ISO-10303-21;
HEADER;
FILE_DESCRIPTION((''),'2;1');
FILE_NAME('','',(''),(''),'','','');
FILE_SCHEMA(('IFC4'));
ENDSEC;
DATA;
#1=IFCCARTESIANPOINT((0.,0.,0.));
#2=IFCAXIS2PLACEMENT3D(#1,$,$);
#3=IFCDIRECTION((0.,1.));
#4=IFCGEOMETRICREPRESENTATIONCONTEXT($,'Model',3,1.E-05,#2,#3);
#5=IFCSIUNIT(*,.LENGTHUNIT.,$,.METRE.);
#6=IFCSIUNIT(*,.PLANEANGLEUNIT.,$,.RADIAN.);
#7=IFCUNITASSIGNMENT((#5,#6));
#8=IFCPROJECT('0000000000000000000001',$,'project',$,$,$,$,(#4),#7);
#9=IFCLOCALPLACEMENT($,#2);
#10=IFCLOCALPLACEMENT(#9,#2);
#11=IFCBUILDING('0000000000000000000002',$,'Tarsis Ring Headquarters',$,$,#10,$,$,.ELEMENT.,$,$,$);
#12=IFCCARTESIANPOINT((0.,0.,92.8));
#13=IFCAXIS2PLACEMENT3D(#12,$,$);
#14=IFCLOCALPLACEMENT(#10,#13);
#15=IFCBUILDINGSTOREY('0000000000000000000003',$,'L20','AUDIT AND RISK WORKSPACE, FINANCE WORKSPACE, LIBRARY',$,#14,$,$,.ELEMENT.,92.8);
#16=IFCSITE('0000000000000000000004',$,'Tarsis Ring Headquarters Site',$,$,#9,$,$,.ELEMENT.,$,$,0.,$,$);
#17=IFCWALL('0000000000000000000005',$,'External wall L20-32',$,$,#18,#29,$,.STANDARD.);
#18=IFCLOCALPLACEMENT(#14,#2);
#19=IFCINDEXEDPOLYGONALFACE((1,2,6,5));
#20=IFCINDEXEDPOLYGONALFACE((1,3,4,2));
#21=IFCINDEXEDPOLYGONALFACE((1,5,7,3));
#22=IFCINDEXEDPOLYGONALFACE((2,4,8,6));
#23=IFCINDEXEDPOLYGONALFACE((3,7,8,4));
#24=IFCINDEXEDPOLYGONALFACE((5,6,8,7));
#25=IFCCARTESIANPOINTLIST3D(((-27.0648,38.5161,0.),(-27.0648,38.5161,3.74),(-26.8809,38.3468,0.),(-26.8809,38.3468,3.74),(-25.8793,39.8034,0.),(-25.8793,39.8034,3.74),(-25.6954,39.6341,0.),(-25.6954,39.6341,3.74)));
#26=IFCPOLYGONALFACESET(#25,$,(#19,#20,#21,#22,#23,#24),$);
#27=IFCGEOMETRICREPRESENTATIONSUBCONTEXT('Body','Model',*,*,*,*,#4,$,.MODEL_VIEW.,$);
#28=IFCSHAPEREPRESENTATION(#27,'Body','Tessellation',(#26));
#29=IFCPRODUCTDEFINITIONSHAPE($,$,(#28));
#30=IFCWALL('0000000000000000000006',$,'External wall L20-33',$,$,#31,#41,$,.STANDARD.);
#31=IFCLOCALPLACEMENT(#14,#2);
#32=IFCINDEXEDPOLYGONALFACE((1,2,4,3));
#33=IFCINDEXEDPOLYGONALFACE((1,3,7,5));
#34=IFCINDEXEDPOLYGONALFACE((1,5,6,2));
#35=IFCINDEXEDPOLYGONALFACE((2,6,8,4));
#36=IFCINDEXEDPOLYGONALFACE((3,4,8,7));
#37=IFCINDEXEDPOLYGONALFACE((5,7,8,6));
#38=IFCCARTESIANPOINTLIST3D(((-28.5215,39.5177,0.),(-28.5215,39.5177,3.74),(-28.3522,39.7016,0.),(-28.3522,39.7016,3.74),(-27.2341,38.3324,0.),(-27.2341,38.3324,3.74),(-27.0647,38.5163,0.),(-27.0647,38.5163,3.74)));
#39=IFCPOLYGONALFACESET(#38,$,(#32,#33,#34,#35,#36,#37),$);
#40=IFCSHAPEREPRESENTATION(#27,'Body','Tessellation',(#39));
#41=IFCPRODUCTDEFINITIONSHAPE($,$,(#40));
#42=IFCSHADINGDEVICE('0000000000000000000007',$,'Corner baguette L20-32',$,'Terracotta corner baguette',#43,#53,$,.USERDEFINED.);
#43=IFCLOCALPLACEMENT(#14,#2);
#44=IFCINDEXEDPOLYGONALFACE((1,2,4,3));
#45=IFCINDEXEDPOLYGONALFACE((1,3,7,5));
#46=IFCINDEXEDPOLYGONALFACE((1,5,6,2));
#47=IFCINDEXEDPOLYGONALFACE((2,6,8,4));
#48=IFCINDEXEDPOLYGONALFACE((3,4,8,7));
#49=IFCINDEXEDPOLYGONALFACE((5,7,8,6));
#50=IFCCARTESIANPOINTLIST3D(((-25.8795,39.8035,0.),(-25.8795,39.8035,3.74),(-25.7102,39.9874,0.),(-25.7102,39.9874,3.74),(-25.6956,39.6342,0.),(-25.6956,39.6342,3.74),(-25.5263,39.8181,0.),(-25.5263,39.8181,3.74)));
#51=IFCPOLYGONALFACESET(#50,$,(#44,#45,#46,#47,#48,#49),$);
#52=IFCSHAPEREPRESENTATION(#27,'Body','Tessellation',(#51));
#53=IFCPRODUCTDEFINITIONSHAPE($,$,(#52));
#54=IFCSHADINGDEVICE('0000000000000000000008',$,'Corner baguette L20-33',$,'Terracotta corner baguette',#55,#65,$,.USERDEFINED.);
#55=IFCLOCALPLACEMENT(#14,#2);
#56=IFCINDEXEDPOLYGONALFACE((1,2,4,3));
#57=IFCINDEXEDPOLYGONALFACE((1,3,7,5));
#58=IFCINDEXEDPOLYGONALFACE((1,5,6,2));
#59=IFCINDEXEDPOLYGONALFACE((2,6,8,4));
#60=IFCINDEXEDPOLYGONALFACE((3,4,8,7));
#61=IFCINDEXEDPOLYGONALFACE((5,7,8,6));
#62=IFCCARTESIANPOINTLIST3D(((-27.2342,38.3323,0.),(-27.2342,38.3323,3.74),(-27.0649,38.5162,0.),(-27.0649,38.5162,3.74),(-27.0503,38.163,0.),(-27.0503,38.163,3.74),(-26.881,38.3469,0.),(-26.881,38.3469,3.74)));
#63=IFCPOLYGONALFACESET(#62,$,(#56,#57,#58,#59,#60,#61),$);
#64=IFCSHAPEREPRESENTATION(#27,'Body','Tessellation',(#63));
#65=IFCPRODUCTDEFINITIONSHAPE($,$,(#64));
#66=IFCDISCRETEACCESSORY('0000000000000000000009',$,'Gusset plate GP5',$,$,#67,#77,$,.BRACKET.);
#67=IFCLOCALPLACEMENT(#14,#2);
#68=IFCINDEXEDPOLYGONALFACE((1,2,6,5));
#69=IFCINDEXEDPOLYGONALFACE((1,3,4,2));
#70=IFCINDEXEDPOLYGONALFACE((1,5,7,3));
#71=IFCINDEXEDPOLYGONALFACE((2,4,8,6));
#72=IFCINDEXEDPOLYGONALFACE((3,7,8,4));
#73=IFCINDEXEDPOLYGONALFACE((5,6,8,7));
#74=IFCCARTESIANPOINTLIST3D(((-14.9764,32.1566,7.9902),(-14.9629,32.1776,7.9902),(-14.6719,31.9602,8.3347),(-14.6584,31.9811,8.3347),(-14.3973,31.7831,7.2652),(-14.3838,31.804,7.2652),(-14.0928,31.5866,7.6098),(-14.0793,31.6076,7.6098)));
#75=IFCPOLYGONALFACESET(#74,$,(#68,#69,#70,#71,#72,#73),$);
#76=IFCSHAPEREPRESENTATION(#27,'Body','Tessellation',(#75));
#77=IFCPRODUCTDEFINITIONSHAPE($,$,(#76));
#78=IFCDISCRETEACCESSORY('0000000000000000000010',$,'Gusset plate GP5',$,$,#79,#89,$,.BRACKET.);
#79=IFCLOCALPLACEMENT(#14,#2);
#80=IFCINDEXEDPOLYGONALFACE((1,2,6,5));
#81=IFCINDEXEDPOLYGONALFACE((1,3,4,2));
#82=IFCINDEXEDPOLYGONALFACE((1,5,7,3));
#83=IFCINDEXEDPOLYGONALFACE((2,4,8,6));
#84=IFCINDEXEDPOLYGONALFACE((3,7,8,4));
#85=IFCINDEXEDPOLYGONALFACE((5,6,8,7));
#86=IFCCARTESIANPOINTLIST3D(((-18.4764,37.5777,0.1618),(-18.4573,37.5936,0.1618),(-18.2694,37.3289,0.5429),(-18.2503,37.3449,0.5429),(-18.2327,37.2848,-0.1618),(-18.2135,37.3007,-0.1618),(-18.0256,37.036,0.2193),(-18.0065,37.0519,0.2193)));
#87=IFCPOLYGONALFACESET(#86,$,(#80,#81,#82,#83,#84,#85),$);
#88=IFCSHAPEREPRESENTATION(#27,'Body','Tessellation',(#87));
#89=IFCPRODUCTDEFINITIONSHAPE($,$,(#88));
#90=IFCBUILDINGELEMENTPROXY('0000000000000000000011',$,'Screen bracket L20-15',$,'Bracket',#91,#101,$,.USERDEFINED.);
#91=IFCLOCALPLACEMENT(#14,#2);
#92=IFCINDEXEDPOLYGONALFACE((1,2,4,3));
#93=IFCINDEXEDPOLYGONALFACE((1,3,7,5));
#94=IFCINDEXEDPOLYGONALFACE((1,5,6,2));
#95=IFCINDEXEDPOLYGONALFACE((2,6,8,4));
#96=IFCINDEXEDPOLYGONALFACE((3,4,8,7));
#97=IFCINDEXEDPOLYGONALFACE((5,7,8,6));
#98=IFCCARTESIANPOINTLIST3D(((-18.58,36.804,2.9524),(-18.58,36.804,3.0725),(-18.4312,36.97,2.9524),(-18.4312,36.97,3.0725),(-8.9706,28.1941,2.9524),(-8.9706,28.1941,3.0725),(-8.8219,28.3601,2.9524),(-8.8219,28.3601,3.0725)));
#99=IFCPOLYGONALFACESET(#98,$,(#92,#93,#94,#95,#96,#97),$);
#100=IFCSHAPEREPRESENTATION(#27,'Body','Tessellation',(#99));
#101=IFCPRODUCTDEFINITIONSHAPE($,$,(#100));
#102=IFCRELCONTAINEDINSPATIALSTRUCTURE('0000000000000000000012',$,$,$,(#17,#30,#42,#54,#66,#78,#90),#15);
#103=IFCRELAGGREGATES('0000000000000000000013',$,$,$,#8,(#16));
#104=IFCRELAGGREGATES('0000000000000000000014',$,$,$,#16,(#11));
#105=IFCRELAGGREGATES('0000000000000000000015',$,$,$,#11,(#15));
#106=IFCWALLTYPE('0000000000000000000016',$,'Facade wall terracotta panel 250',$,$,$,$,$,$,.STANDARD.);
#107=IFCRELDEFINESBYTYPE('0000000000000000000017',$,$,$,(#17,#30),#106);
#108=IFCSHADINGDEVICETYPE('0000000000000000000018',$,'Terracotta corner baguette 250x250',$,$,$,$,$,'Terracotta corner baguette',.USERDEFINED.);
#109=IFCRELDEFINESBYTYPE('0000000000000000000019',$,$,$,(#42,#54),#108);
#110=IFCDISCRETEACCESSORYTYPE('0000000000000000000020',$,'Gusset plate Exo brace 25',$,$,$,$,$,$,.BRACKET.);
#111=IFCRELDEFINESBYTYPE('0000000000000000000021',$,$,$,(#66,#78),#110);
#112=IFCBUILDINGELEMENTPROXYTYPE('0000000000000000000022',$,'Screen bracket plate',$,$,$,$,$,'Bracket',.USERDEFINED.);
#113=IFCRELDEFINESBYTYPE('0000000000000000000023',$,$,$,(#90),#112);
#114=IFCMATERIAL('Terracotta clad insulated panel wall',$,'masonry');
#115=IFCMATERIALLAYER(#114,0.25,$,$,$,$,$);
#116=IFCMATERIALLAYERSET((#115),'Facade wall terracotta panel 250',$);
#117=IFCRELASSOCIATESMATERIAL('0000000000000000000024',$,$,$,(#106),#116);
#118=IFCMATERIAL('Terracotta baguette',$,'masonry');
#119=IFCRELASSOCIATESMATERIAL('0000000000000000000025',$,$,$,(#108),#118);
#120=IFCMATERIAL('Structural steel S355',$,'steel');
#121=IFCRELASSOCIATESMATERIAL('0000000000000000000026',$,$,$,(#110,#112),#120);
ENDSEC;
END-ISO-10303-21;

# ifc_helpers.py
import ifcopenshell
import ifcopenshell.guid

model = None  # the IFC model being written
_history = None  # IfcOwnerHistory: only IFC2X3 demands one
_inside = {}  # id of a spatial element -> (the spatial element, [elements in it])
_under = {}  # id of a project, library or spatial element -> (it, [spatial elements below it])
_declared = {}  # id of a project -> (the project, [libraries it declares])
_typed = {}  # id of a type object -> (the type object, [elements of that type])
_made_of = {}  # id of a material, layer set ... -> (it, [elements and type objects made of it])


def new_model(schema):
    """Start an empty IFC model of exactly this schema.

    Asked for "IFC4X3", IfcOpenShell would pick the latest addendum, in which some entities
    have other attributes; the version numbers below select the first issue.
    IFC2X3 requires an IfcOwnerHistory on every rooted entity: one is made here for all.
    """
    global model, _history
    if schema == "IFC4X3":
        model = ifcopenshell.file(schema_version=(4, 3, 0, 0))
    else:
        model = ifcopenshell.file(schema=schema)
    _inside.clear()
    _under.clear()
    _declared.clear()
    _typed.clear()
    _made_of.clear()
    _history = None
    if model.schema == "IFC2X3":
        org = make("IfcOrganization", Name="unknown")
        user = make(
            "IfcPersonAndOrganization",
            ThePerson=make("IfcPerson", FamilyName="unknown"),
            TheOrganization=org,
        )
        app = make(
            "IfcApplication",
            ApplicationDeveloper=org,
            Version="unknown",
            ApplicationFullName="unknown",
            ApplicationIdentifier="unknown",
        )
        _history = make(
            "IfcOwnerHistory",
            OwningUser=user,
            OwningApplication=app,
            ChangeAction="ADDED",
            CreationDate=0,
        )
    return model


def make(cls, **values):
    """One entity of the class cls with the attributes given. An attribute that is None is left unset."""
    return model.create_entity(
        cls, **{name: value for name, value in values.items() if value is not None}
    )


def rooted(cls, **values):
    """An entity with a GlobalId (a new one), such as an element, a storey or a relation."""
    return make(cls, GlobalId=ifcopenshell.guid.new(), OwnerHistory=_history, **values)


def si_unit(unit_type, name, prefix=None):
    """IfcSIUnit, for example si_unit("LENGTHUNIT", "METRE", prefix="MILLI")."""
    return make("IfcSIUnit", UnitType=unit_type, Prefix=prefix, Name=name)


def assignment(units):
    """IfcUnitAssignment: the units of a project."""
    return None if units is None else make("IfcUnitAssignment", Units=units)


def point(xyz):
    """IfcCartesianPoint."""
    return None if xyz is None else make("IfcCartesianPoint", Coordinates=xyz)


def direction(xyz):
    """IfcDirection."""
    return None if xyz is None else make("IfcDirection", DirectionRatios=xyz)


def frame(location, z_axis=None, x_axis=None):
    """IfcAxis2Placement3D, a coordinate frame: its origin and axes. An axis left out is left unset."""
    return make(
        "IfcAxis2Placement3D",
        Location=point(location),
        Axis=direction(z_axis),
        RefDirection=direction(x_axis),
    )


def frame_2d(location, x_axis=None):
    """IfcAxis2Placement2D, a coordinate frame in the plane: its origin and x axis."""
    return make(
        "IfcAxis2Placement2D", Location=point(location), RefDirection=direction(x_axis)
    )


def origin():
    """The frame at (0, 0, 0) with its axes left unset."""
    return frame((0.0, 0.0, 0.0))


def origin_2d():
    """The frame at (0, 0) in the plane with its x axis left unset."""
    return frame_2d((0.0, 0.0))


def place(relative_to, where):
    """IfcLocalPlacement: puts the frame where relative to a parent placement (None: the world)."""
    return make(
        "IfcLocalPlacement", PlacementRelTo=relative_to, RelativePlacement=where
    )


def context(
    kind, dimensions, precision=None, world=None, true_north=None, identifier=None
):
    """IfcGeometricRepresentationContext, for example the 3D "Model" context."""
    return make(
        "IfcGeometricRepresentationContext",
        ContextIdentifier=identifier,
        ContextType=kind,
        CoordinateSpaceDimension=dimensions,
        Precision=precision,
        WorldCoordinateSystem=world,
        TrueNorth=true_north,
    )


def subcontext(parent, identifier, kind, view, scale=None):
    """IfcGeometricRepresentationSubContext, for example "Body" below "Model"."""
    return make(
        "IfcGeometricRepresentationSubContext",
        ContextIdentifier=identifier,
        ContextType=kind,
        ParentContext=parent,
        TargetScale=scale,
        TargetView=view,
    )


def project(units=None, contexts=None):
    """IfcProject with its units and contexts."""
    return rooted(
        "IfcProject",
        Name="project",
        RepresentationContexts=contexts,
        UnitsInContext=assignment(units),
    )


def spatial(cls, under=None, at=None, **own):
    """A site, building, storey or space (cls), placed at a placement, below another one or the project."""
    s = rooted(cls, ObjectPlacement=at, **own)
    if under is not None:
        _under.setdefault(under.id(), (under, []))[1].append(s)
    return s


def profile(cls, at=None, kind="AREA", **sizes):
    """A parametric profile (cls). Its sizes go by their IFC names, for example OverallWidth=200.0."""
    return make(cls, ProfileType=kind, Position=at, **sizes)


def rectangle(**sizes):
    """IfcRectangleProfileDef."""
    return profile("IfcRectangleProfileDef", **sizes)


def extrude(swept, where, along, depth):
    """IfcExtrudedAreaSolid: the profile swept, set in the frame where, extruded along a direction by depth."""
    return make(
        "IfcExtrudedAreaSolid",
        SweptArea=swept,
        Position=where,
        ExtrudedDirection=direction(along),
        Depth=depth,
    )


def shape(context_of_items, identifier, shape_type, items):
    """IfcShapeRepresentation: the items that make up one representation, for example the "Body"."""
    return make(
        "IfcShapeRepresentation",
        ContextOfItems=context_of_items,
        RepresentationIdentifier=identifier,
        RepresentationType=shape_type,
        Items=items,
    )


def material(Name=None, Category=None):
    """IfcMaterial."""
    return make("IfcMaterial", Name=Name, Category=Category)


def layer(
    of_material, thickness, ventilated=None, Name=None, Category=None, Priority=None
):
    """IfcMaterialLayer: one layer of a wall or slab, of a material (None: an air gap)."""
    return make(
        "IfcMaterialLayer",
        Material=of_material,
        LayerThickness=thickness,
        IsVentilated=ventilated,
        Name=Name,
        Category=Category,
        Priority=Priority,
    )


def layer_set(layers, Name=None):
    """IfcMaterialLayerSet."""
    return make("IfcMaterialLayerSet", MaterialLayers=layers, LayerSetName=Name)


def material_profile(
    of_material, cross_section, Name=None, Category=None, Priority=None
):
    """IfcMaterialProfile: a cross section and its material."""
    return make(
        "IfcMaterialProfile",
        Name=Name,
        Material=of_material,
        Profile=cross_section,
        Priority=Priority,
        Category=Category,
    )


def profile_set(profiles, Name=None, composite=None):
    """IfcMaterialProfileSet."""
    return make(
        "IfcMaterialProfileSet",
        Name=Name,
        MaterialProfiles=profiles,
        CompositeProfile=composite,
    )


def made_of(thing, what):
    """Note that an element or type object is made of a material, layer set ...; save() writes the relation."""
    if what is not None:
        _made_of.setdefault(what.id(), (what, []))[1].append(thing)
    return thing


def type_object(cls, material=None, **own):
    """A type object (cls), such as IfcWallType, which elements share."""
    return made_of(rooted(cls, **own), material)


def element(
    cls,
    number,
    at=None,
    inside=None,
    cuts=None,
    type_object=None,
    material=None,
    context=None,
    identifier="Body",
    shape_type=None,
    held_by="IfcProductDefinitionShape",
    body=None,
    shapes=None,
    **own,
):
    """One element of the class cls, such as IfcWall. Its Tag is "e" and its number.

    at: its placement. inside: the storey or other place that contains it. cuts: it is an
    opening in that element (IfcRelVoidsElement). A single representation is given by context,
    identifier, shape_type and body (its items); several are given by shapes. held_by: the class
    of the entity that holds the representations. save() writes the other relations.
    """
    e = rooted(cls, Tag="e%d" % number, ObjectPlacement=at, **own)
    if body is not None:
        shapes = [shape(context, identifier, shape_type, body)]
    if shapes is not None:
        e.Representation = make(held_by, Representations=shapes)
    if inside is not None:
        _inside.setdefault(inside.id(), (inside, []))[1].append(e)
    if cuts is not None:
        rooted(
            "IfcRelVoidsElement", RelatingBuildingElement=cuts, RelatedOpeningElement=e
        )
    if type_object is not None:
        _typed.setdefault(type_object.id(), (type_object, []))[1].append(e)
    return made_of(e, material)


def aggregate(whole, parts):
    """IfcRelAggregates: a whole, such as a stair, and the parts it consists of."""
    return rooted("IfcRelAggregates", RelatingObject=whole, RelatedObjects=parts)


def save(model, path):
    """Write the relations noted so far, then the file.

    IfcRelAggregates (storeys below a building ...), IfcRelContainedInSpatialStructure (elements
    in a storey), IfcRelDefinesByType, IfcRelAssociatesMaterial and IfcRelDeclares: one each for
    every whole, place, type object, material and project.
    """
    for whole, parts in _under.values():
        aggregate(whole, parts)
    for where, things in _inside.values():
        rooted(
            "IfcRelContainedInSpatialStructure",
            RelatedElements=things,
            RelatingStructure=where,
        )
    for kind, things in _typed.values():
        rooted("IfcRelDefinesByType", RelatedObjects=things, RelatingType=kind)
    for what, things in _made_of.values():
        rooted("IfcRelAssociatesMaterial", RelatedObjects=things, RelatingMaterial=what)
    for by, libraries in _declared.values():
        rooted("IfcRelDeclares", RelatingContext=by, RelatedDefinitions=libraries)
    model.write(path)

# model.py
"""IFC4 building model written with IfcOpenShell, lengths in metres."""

from ifc_helpers import new_model, si_unit, direction, frame, frame_2d, origin, origin_2d, place, context, subcontext, project, spatial, rectangle, extrude, material, layer, layer_set, material_profile, profile_set, type_object, element, save


model = new_model("IFC4")

# Units and contexts
model_context = context("Model", 3, precision=1e-05, world=origin(), true_north=direction((0.0, 1.0)))
body_context = subcontext(model_context, "Body", "Model", "MODEL_VIEW")
ifc_project = project(units=[si_unit("LENGTHUNIT", "METRE"), si_unit("PLANEANGLEUNIT", "RADIAN")], contexts=[model_context])

# Site, building, storey
site_placement = place(None, origin())
site = spatial("IfcSite", under=ifc_project, at=site_placement, Name="Tarsis Ring Headquarters Site", CompositionType="ELEMENT", RefElevation=0.0)
building_placement = place(site_placement, origin())
building = spatial("IfcBuilding", under=site, at=building_placement, Name="Tarsis Ring Headquarters", CompositionType="ELEMENT")
storey_placement = place(building_placement, frame((0.0, 0.0, 92.8)))
storey = spatial("IfcBuildingStorey", under=building, at=storey_placement, Name="L20", Description="AUDIT AND RISK WORKSPACE, FINANCE WORKSPACE, LIBRARY", CompositionType="ELEMENT", Elevation=92.8)

# Shared definitions
ifc_material_1 = material(Name="Structural steel S355", Category="steel")

# Walls
ifc_material_2 = material(Name="Terracotta clad insulated panel wall", Category="masonry")
ifc_layer_1 = layer(ifc_material_2, 0.25)
ifc_layer_set_1 = layer_set([ifc_layer_1], Name="Facade wall terracotta panel 250")
wall_type_1 = type_object("IfcWallType", Name="Facade wall terracotta panel 250", PredefinedType="STANDARD", material=ifc_layer_set_1)
for number, where, z_axis, x_axis, name in (
    (1, (-25.7874, 39.7188, 0.0), (0.0, 0.0, 1.0), (-0.677422, -0.735594, 0.0), "External wall L20-32"),
    (2, (-27.1494, 38.4243, 0.0), (0.0, 0.0, 1.0), (-0.735664, 0.677347, 0.0), "External wall L20-33"),
):
    element("IfcWall", number, at=place(storey_placement, frame(where, z_axis=z_axis, x_axis=x_axis)), inside=storey, type_object=wall_type_1, Name=name, PredefinedType="STANDARD", context=body_context, shape_type="SweptSolid", body=[
        extrude(rectangle(XDim=1.75, YDim=0.25, at=frame_2d((0.875, 0.0))), origin(), (0.0, 0.0, 1.0), 3.74),
    ])

# Shading devices
ifc_material_3 = material(Name="Terracotta baguette", Category="masonry")
shading_device_type_1 = type_object("IfcShadingDeviceType", Name="Terracotta corner baguette 250x250", ElementType="Terracotta corner baguette", PredefinedType="USERDEFINED", material=ifc_material_3)
for number, where, z_axis, x_axis, name in (
    (3, (-25.7029, 39.8108, 0.0), (0.0, 0.0, 1.0), (-0.735624, 0.67739, 0.0), "Corner baguette L20-32"),
    (4, (-27.0576, 38.3396, 0.0), (0.0, 0.0, 1.0), (-0.67739, -0.735625, 0.0), "Corner baguette L20-33"),
):
    element("IfcShadingDevice", number, at=place(storey_placement, frame(where, z_axis=z_axis, x_axis=x_axis)), inside=storey, type_object=shading_device_type_1, Name=name, ObjectType="Terracotta corner baguette", PredefinedType="USERDEFINED", context=body_context, shape_type="SweptSolid", body=[
        extrude(rectangle(XDim=0.25, YDim=0.25, at=origin_2d()), origin(), (0.0, 0.0, 1.0), 3.74),
    ])

# Discrete accessories
ifc_material_profile_1 = material_profile(ifc_material_1, rectangle(XDim=0.0249, YDim=0.5, at=origin_2d()), Name="PL 25x500")
ifc_profile_set_1 = profile_set([ifc_material_profile_1], Name="Structural steel S355")
discrete_accessory_type = type_object("IfcDiscreteAccessoryType", Name="Gusset plate Exo brace 25", PredefinedType="BRACKET", material=ifc_profile_set_1)
discrete_accessory_1_placement = place(storey_placement, frame((-14.2383, 31.6953, 7.4375), z_axis=(-0.579015, 0.373479, 0.724745), x_axis=(-0.542046, -0.840349, 0.0)))
element("IfcDiscreteAccessory", 5, at=discrete_accessory_1_placement, inside=storey, type_object=discrete_accessory_type, Name="Gusset plate GP5", PredefinedType="BRACKET", context=body_context, shape_type="SweptSolid", body=[
    extrude(rectangle(XDim=0.0249, YDim=0.5, at=origin_2d()), origin(), (0.0, 0.0, 1.0), 1.0002),
])
discrete_accessory_2_placement = place(storey_placement, frame((-18.345, 37.4392, 0.0), z_axis=(0.414068, -0.497566, 0.762218), x_axis=(0.768654, 0.639665, 0.0)))
element("IfcDiscreteAccessory", 6, at=discrete_accessory_2_placement, inside=storey, type_object=discrete_accessory_type, Name="Gusset plate GP5", PredefinedType="BRACKET", context=body_context, shape_type="SweptSolid", body=[
    extrude(rectangle(XDim=0.0249, YDim=0.5, at=origin_2d()), origin(), (0.0, 0.0, 1.0), 0.5),
])

# Building element proxy
building_element_proxy_type = type_object("IfcBuildingElementProxyType", Name="Screen bracket plate", ElementType="Bracket", PredefinedType="USERDEFINED", material=ifc_material_1)
proxy_placement = place(storey_placement, frame((-13.7009, 32.582, 2.9524), z_axis=(0.0, 0.0, 1.0), x_axis=(-0.744778, 0.667313, 0.0)))
element("IfcBuildingElementProxy", 7, at=proxy_placement, inside=storey, type_object=building_element_proxy_type, Name="Screen bracket L20-15", ObjectType="Bracket", PredefinedType="USERDEFINED", context=body_context, shape_type="SweptSolid", body=[
    extrude(rectangle(XDim=12.9023, YDim=0.2229, at=origin_2d()), origin(), (0.0, 0.0, 1.0), 0.1201),
])

save(model, "model.ifc")
